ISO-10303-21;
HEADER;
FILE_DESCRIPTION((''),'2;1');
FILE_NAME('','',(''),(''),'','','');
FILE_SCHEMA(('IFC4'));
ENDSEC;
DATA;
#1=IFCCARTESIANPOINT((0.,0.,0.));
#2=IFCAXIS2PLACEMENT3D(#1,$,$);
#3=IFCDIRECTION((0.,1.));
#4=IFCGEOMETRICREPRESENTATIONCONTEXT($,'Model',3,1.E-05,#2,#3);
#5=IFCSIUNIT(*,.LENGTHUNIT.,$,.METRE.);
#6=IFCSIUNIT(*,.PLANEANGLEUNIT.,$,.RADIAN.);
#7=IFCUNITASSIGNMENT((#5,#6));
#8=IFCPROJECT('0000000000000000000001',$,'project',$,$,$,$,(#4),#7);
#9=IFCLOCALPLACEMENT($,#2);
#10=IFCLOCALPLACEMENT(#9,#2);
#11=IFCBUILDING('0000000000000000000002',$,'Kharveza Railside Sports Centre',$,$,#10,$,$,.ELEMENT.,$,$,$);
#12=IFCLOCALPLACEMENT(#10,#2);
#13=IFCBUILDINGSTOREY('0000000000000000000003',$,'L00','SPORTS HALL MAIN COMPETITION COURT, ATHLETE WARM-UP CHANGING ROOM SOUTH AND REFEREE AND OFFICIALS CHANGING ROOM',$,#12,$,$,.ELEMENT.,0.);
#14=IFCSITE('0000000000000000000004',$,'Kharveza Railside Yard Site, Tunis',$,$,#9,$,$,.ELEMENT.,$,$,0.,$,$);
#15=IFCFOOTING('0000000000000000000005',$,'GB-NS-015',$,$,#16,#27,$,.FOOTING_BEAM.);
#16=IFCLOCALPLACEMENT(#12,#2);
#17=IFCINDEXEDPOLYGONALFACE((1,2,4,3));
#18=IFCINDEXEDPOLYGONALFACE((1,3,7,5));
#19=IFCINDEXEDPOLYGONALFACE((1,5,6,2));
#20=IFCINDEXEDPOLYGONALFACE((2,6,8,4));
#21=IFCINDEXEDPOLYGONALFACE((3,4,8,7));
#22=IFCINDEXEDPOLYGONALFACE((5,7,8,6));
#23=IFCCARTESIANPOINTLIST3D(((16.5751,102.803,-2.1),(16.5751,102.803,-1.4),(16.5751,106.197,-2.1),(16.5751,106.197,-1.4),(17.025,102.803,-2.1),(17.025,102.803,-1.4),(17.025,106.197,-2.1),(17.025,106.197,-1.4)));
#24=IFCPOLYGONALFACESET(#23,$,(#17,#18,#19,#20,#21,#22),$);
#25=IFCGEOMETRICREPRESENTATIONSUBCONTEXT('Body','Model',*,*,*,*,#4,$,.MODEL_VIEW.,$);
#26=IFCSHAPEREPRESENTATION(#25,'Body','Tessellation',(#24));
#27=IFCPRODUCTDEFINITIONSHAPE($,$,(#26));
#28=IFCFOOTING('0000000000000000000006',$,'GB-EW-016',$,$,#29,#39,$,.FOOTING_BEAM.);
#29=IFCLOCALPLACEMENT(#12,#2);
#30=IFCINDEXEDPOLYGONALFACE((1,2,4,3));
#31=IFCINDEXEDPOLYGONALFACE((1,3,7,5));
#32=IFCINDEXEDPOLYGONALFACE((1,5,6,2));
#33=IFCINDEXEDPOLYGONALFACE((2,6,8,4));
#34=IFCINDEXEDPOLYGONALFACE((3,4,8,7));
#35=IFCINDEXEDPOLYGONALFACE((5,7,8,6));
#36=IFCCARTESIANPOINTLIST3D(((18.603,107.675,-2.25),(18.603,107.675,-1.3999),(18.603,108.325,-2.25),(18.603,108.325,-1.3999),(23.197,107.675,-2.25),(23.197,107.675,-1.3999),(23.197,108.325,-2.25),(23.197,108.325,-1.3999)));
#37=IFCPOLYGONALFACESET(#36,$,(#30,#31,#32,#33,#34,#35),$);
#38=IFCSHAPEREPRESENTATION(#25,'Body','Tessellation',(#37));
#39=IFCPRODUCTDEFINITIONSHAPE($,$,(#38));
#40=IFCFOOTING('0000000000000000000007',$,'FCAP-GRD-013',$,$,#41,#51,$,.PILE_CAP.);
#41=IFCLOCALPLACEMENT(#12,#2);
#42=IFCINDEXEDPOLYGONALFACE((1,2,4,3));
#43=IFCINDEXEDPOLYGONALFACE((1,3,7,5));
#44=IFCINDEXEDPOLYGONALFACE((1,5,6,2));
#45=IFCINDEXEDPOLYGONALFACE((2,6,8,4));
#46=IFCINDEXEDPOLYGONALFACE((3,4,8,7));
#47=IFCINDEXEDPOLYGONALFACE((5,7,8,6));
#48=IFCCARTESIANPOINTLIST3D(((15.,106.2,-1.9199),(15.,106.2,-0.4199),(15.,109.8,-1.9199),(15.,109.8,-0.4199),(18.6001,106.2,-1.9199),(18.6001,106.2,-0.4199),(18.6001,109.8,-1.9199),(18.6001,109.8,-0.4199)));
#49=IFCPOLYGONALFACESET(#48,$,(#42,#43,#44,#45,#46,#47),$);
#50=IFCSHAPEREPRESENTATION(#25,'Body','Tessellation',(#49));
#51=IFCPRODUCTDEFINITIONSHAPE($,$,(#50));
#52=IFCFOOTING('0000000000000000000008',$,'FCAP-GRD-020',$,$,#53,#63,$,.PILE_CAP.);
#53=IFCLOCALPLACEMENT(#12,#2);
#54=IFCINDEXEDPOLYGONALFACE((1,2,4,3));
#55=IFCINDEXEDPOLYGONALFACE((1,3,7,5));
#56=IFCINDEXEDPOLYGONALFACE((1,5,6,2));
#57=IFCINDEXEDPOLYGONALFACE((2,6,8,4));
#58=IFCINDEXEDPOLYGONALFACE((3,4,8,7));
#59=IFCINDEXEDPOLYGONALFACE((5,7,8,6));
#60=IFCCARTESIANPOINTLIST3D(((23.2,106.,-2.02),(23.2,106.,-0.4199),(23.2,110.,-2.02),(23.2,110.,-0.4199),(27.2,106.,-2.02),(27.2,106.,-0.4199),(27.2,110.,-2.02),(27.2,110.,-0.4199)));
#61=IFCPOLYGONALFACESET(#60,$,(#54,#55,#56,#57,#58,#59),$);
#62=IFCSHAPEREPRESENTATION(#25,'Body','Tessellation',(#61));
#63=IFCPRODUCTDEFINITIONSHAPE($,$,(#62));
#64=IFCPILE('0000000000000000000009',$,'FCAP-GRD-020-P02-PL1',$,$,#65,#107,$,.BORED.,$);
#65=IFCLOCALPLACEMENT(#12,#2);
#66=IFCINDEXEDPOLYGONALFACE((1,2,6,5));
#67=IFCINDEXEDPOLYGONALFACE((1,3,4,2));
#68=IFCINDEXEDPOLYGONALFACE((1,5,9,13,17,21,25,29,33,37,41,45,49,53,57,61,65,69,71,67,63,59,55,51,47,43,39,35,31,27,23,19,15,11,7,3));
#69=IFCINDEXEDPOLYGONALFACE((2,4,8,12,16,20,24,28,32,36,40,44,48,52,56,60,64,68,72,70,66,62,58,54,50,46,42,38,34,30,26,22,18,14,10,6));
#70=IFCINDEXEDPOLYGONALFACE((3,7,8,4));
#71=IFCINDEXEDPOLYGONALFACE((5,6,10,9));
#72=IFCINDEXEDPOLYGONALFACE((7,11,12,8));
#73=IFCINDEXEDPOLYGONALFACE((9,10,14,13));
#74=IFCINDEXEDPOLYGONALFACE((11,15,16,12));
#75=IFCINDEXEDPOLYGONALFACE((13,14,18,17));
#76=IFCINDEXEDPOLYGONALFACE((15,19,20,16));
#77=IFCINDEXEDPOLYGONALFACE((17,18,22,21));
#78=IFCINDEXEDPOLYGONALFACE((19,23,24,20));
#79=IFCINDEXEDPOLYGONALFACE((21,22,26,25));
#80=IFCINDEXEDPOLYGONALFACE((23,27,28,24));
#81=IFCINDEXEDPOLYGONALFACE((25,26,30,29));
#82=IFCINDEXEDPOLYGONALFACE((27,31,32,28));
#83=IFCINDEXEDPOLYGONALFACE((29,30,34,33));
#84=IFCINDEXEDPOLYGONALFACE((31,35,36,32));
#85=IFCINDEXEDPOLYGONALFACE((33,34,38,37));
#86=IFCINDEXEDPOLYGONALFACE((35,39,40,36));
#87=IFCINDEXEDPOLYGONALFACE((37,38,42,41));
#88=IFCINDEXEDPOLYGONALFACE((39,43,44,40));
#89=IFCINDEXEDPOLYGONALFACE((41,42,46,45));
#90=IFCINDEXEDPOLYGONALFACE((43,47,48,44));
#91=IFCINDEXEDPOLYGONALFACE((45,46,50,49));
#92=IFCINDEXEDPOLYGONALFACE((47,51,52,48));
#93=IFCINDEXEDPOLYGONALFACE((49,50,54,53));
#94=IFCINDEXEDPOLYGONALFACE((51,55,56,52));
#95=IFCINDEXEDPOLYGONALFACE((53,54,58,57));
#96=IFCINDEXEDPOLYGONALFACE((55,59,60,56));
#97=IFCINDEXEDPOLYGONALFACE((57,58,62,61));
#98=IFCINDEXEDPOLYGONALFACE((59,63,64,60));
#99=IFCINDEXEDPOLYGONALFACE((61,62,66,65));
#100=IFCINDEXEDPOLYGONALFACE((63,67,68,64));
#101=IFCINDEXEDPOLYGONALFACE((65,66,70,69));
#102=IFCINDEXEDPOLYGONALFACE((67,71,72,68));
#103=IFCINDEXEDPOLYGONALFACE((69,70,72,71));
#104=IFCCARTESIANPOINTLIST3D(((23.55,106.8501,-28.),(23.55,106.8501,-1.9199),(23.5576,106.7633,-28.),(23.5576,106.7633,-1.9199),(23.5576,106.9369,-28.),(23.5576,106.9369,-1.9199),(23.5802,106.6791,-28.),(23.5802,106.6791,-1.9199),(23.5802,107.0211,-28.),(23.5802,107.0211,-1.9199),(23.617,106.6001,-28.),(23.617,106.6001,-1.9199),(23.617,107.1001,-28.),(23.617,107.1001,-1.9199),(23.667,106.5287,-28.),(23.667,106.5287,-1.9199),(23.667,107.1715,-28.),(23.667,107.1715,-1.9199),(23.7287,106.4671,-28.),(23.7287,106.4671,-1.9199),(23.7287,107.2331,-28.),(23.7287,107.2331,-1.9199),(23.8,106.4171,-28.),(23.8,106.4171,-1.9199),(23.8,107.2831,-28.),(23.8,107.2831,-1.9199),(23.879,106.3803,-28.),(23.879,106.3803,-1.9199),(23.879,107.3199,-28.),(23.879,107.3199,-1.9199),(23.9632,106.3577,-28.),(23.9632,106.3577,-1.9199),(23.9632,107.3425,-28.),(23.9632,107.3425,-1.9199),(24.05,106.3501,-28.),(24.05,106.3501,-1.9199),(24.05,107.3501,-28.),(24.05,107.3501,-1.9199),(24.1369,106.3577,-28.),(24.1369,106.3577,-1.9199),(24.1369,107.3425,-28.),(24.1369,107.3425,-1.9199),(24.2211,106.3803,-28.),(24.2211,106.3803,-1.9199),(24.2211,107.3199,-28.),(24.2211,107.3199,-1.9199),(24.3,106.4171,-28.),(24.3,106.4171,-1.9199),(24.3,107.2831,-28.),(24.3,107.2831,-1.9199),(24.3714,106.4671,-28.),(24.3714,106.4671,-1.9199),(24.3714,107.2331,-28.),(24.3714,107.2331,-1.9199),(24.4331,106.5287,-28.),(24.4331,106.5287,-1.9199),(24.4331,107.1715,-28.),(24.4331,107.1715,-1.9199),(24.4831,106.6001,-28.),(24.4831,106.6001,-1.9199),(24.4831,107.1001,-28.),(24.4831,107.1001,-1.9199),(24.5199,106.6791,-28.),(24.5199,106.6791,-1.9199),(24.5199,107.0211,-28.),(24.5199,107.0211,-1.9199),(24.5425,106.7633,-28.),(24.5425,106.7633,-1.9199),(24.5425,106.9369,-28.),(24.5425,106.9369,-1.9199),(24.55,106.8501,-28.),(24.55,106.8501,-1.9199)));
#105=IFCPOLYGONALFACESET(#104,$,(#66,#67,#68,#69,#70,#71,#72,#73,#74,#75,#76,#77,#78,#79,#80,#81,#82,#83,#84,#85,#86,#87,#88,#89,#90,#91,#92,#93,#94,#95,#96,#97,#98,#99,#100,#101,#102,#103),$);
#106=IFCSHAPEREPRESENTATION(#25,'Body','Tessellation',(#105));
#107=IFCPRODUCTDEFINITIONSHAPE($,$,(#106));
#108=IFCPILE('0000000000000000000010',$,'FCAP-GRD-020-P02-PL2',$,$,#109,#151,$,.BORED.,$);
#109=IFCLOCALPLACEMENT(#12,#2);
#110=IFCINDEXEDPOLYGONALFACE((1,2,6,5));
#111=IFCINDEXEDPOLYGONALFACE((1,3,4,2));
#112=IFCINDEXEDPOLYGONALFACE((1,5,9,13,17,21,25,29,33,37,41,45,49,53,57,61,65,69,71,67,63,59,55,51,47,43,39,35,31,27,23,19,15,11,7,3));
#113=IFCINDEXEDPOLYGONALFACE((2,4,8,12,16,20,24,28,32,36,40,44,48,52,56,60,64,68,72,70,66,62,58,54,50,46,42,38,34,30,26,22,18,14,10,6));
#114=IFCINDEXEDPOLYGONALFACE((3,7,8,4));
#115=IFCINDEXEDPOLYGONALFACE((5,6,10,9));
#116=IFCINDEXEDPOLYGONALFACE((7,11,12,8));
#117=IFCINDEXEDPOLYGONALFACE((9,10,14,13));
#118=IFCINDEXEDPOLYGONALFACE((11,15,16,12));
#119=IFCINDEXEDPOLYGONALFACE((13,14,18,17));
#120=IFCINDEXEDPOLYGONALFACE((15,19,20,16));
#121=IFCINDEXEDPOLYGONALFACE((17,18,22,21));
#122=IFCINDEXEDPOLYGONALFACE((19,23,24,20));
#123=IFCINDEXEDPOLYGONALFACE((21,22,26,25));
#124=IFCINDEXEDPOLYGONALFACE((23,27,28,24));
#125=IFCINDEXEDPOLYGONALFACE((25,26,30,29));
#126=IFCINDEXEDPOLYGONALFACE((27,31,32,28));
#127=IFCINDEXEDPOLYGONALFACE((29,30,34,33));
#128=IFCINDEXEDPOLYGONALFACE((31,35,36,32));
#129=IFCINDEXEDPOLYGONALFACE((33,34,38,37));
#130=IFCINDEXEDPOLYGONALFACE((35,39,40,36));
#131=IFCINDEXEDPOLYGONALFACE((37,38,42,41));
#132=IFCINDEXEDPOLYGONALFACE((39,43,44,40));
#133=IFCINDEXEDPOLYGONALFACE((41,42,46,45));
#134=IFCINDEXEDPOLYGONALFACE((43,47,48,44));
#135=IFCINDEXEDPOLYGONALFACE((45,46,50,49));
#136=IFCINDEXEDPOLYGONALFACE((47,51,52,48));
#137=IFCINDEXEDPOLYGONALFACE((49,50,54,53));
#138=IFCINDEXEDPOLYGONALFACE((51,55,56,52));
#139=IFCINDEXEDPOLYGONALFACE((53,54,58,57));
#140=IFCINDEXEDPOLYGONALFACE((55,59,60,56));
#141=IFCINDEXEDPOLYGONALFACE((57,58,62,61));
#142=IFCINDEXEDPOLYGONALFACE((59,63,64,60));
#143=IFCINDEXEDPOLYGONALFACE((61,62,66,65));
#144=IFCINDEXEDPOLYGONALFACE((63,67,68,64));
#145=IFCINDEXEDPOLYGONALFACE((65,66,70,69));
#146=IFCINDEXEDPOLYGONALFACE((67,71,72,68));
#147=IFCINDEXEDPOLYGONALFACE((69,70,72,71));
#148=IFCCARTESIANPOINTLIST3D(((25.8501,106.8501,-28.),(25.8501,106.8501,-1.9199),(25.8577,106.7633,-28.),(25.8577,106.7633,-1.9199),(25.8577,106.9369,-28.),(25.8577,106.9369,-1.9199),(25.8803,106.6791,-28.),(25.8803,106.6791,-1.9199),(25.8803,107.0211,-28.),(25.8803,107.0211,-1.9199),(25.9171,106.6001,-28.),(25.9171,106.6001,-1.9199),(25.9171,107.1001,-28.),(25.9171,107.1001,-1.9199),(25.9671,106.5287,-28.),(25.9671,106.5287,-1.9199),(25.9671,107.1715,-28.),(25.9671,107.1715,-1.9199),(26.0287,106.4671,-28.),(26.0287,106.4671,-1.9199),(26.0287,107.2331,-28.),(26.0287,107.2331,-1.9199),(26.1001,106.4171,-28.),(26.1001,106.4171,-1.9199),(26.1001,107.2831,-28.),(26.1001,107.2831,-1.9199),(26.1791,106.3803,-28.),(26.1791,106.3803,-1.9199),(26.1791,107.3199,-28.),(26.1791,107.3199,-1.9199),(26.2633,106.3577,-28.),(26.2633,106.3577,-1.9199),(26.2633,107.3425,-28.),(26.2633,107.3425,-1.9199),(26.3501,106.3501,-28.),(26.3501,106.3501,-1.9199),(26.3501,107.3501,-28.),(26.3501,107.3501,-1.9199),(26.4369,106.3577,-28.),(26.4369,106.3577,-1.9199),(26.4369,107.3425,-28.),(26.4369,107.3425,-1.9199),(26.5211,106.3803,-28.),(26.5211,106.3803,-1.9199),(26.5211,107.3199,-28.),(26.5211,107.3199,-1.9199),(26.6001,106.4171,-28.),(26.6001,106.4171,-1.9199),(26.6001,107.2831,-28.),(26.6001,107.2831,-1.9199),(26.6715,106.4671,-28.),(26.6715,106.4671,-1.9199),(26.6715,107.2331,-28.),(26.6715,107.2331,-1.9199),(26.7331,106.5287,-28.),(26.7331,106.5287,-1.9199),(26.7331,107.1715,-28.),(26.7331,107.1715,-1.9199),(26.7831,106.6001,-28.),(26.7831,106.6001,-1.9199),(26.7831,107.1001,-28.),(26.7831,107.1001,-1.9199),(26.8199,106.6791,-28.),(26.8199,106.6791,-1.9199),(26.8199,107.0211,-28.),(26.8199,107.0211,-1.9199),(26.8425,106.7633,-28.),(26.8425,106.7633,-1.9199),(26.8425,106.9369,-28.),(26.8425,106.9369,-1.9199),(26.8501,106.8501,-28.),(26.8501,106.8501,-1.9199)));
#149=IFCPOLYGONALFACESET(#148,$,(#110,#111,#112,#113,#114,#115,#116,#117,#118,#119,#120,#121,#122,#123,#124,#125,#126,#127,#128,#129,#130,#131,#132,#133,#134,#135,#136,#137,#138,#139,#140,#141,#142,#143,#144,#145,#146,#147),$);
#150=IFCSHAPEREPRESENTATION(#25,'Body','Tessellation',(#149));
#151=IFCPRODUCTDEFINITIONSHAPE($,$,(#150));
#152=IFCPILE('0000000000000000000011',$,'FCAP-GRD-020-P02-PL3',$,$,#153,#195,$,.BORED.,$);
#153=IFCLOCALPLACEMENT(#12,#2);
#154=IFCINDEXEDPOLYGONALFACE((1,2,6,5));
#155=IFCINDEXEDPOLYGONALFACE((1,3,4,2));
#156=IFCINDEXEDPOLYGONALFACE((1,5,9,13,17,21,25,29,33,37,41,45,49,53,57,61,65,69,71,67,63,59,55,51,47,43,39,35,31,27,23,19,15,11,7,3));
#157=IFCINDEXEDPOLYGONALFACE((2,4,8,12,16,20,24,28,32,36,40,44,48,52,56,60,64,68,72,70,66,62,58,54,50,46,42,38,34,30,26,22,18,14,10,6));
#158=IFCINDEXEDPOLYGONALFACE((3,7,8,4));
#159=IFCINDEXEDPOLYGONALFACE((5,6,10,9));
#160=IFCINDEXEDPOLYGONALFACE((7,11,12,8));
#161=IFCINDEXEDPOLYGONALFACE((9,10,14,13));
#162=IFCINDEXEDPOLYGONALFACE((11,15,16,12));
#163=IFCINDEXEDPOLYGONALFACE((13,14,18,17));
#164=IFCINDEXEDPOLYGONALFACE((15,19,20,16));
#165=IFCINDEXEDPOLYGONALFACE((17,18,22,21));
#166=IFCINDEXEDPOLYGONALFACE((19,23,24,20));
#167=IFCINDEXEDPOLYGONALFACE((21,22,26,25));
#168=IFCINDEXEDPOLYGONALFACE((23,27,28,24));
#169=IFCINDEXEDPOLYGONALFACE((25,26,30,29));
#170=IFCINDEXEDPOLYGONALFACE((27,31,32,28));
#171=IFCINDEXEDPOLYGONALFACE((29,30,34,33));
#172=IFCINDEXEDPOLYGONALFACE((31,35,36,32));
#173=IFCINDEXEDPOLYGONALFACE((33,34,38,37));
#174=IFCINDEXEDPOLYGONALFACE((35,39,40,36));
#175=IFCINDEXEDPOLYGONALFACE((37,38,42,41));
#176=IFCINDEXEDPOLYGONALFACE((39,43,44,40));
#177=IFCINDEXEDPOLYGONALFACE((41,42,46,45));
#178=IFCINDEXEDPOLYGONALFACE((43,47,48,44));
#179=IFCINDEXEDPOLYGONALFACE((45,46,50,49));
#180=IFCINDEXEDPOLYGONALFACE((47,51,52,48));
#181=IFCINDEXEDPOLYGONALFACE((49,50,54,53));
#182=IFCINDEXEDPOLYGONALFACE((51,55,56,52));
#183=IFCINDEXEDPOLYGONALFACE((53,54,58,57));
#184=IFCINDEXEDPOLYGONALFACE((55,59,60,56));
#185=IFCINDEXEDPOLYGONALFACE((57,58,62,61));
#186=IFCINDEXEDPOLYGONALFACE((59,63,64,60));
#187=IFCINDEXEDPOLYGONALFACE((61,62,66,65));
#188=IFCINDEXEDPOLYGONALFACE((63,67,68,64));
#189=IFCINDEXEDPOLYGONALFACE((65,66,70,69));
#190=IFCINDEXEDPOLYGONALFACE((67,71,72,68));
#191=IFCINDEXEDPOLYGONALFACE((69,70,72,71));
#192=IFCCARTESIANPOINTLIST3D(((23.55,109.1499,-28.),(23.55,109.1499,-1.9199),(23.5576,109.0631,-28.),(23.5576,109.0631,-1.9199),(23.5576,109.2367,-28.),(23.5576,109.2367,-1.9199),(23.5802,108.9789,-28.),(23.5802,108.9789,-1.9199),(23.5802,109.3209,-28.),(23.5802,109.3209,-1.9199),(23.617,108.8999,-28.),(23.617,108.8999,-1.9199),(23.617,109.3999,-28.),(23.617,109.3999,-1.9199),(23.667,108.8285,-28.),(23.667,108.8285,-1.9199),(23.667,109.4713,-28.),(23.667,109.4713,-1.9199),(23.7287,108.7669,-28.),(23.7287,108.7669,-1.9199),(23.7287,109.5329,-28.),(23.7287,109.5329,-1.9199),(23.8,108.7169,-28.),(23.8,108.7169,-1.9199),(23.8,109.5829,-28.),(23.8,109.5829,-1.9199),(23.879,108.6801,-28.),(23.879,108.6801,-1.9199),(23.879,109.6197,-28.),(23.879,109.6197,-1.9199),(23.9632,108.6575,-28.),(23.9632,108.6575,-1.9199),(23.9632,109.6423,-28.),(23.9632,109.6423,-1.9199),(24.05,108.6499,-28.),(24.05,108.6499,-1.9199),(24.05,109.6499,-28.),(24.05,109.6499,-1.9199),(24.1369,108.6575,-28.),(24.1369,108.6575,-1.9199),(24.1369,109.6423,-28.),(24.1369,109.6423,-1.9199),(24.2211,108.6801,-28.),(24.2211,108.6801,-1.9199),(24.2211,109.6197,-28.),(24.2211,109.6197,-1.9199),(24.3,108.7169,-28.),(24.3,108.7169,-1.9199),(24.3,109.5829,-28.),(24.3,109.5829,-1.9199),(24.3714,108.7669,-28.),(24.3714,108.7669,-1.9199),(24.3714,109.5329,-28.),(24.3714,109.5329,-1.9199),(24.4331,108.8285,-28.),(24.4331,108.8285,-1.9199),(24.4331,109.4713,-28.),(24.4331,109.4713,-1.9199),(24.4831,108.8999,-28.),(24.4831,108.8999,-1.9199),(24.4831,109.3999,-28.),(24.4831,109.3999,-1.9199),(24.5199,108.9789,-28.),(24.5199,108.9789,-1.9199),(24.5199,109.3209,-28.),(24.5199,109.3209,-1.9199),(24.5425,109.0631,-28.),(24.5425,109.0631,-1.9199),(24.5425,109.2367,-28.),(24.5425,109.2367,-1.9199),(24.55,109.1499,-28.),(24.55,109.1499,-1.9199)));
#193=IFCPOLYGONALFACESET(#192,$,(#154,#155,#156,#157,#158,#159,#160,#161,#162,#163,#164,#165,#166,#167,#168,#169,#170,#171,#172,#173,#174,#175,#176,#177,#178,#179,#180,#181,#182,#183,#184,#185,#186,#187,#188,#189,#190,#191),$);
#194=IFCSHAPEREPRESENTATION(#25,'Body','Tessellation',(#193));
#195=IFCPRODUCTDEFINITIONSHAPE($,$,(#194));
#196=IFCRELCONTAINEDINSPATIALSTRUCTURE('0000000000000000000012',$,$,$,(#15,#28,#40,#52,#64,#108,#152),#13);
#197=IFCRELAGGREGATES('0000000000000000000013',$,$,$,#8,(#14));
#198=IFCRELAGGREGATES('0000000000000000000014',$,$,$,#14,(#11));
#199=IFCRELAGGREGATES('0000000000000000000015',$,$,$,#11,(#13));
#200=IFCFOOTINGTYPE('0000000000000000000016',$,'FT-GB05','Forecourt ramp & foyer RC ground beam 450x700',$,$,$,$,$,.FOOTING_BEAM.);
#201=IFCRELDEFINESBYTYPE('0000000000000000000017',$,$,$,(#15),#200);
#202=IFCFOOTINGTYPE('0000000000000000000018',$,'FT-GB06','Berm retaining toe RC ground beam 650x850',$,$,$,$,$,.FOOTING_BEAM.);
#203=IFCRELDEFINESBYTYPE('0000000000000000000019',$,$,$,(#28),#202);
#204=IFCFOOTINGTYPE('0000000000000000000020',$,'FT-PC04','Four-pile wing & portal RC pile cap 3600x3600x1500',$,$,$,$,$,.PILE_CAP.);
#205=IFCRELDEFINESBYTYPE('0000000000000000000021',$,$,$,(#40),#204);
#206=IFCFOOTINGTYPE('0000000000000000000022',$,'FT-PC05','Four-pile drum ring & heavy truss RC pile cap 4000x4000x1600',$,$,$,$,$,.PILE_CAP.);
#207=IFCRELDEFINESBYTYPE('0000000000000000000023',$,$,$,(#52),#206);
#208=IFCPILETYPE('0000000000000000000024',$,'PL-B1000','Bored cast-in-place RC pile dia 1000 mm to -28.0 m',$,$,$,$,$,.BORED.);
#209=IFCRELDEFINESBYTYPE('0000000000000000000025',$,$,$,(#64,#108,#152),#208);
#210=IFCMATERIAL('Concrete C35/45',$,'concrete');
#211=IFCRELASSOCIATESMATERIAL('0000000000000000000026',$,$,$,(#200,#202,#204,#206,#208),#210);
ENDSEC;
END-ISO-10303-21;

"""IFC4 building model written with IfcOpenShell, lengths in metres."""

from ifc_helpers import new_model, si_unit, direction, frame, origin, origin_2d, place, context, subcontext, project, spatial, rectangle, circle, extrude, material, material_profile, profile_set, type_object, element, save


model = new_model("IFC4")

# Units and contexts
model_context = context("Model", 3, precision=1e-05, world=origin(), true_north=direction((0.0, 1.0)))
body_context = subcontext(model_context, "Body", "Model", "MODEL_VIEW")
ifc_project = project(units=[si_unit("LENGTHUNIT", "METRE"), si_unit("PLANEANGLEUNIT", "RADIAN")], contexts=[model_context])

# Site, building, storey
site_placement = place(None, origin())
site = spatial("IfcSite", under=ifc_project, at=site_placement, Name="Kharveza Railside Yard Site, Tunis", CompositionType="ELEMENT", RefElevation=0.0)
building_placement = place(site_placement, origin())
building = spatial("IfcBuilding", under=site, at=building_placement, Name="Kharveza Railside Sports Centre", CompositionType="ELEMENT")
storey_placement = place(building_placement, origin())
storey = spatial("IfcBuildingStorey", under=building, at=storey_placement, Name="L00", Description="SPORTS HALL MAIN COMPETITION COURT, ATHLETE WARM-UP CHANGING ROOM SOUTH AND REFEREE AND OFFICIALS CHANGING ROOM", CompositionType="ELEMENT", Elevation=0.0)

# Footings
ifc_material_1 = material(Name="Concrete C35/45", Category="concrete")
ifc_material_profile_1 = material_profile(ifc_material_1, rectangle(XDim=0.45, YDim=0.7, at=origin_2d()), Name="GB 450x700")
ifc_profile_set_1 = profile_set([ifc_material_profile_1], Name="Concrete C35/45")
footing_type_1 = type_object("IfcFootingType", Name="FT-GB05", Description="Forecourt ramp & foyer RC ground beam 450x700", PredefinedType="FOOTING_BEAM", material=ifc_profile_set_1)
footing_1_placement = place(storey_placement, frame((16.8, 102.803, -1.75), z_axis=(0.0, 1.0, 0.0), x_axis=(-1.0, 0.0, 0.0)))
element("IfcFooting", 1, at=footing_1_placement, inside=storey, type_object=footing_type_1, Name="GB-NS-015", PredefinedType="FOOTING_BEAM", context=body_context, shape_type="SweptSolid", body=[
    extrude(rectangle(XDim=0.45, YDim=0.7, at=origin_2d()), origin(), (0.0, 0.0, 1.0), 3.394),
])
ifc_material_profile_2 = material_profile(ifc_material_1, rectangle(XDim=0.6499, YDim=0.8501, at=origin_2d()), Name="GB 650x850")
ifc_profile_set_2 = profile_set([ifc_material_profile_2], Name="Concrete C35/45")
footing_type_2 = type_object("IfcFootingType", Name="FT-GB06", Description="Berm retaining toe RC ground beam 650x850", PredefinedType="FOOTING_BEAM", material=ifc_profile_set_2)
footing_2_placement = place(storey_placement, frame((18.603, 108.0, -1.825), z_axis=(1.0, 0.0, 0.0), x_axis=(0.0, 1.0, 0.0)))
element("IfcFooting", 2, at=footing_2_placement, inside=storey, type_object=footing_type_2, Name="GB-EW-016", PredefinedType="FOOTING_BEAM", context=body_context, shape_type="SweptSolid", body=[
    extrude(rectangle(XDim=0.6499, YDim=0.8501, at=origin_2d()), origin(), (0.0, 0.0, 1.0), 4.594),
])
footing_type_3 = type_object("IfcFootingType", Name="FT-PC04", Description="Four-pile wing & portal RC pile cap 3600x3600x1500", PredefinedType="PILE_CAP", material=ifc_material_1)
footing_3_placement = place(storey_placement, frame((16.8, 108.0, -1.9199), z_axis=(0.0, 0.0, 1.0), x_axis=(1.0, 0.0, 0.0)))
element("IfcFooting", 3, at=footing_3_placement, inside=storey, type_object=footing_type_3, Name="FCAP-GRD-013", PredefinedType="PILE_CAP", context=body_context, shape_type="SweptSolid", body=[
    extrude(rectangle(XDim=3.6001, YDim=3.6001, at=origin_2d()), origin(), (0.0, 0.0, 1.0), 1.5),
])
footing_type_4 = type_object("IfcFootingType", Name="FT-PC05", Description="Four-pile drum ring & heavy truss RC pile cap 4000x4000x1600", PredefinedType="PILE_CAP", material=ifc_material_1)
footing_4_placement = place(storey_placement, frame((25.2, 108.0, -2.02), z_axis=(0.0, 0.0, 1.0), x_axis=(1.0, 0.0, 0.0)))
element("IfcFooting", 4, at=footing_4_placement, inside=storey, type_object=footing_type_4, Name="FCAP-GRD-020", PredefinedType="PILE_CAP", context=body_context, shape_type="SweptSolid", body=[
    extrude(rectangle(XDim=4.0, YDim=4.0, at=origin_2d()), origin(), (0.0, 0.0, 1.0), 1.6001),
])

# Piles
ifc_material_profile_3 = material_profile(ifc_material_1, circle(Radius=0.5, at=origin_2d()), Name="PILE D1000")
ifc_profile_set_3 = profile_set([ifc_material_profile_3], Name="Concrete C35/45")
pile_type_1 = type_object("IfcPileType", Name="PL-B1000", Description="Bored cast-in-place RC pile dia 1000 mm to -28.0 m", PredefinedType="BORED", material=ifc_profile_set_3)
for number, where, z_axis, x_axis, name in (
    (5, (24.05, 106.8501, -1.9199), (0.0, 0.0, -1.0), (1.0, 0.0, 0.0), "FCAP-GRD-020-P02-PL1"),
    (6, (26.3501, 106.8501, -1.9199), (0.0, 0.0, -1.0), (1.0, 0.0, 0.0), "FCAP-GRD-020-P02-PL2"),
    (7, (24.05, 109.1499, -1.9199), (0.0, 0.0, -1.0), (1.0, 0.0, 0.0), "FCAP-GRD-020-P02-PL3"),
):
    element("IfcPile", number, at=place(storey_placement, frame(where, z_axis=z_axis, x_axis=x_axis)), inside=storey, type_object=pile_type_1, Name=name, PredefinedType="BORED", context=body_context, shape_type="SweptSolid", body=[
        extrude(circle(Radius=0.5, at=origin_2d()), origin(), (0.0, 0.0, 1.0), 26.0801),
    ])

save(model, "model.ifc")
